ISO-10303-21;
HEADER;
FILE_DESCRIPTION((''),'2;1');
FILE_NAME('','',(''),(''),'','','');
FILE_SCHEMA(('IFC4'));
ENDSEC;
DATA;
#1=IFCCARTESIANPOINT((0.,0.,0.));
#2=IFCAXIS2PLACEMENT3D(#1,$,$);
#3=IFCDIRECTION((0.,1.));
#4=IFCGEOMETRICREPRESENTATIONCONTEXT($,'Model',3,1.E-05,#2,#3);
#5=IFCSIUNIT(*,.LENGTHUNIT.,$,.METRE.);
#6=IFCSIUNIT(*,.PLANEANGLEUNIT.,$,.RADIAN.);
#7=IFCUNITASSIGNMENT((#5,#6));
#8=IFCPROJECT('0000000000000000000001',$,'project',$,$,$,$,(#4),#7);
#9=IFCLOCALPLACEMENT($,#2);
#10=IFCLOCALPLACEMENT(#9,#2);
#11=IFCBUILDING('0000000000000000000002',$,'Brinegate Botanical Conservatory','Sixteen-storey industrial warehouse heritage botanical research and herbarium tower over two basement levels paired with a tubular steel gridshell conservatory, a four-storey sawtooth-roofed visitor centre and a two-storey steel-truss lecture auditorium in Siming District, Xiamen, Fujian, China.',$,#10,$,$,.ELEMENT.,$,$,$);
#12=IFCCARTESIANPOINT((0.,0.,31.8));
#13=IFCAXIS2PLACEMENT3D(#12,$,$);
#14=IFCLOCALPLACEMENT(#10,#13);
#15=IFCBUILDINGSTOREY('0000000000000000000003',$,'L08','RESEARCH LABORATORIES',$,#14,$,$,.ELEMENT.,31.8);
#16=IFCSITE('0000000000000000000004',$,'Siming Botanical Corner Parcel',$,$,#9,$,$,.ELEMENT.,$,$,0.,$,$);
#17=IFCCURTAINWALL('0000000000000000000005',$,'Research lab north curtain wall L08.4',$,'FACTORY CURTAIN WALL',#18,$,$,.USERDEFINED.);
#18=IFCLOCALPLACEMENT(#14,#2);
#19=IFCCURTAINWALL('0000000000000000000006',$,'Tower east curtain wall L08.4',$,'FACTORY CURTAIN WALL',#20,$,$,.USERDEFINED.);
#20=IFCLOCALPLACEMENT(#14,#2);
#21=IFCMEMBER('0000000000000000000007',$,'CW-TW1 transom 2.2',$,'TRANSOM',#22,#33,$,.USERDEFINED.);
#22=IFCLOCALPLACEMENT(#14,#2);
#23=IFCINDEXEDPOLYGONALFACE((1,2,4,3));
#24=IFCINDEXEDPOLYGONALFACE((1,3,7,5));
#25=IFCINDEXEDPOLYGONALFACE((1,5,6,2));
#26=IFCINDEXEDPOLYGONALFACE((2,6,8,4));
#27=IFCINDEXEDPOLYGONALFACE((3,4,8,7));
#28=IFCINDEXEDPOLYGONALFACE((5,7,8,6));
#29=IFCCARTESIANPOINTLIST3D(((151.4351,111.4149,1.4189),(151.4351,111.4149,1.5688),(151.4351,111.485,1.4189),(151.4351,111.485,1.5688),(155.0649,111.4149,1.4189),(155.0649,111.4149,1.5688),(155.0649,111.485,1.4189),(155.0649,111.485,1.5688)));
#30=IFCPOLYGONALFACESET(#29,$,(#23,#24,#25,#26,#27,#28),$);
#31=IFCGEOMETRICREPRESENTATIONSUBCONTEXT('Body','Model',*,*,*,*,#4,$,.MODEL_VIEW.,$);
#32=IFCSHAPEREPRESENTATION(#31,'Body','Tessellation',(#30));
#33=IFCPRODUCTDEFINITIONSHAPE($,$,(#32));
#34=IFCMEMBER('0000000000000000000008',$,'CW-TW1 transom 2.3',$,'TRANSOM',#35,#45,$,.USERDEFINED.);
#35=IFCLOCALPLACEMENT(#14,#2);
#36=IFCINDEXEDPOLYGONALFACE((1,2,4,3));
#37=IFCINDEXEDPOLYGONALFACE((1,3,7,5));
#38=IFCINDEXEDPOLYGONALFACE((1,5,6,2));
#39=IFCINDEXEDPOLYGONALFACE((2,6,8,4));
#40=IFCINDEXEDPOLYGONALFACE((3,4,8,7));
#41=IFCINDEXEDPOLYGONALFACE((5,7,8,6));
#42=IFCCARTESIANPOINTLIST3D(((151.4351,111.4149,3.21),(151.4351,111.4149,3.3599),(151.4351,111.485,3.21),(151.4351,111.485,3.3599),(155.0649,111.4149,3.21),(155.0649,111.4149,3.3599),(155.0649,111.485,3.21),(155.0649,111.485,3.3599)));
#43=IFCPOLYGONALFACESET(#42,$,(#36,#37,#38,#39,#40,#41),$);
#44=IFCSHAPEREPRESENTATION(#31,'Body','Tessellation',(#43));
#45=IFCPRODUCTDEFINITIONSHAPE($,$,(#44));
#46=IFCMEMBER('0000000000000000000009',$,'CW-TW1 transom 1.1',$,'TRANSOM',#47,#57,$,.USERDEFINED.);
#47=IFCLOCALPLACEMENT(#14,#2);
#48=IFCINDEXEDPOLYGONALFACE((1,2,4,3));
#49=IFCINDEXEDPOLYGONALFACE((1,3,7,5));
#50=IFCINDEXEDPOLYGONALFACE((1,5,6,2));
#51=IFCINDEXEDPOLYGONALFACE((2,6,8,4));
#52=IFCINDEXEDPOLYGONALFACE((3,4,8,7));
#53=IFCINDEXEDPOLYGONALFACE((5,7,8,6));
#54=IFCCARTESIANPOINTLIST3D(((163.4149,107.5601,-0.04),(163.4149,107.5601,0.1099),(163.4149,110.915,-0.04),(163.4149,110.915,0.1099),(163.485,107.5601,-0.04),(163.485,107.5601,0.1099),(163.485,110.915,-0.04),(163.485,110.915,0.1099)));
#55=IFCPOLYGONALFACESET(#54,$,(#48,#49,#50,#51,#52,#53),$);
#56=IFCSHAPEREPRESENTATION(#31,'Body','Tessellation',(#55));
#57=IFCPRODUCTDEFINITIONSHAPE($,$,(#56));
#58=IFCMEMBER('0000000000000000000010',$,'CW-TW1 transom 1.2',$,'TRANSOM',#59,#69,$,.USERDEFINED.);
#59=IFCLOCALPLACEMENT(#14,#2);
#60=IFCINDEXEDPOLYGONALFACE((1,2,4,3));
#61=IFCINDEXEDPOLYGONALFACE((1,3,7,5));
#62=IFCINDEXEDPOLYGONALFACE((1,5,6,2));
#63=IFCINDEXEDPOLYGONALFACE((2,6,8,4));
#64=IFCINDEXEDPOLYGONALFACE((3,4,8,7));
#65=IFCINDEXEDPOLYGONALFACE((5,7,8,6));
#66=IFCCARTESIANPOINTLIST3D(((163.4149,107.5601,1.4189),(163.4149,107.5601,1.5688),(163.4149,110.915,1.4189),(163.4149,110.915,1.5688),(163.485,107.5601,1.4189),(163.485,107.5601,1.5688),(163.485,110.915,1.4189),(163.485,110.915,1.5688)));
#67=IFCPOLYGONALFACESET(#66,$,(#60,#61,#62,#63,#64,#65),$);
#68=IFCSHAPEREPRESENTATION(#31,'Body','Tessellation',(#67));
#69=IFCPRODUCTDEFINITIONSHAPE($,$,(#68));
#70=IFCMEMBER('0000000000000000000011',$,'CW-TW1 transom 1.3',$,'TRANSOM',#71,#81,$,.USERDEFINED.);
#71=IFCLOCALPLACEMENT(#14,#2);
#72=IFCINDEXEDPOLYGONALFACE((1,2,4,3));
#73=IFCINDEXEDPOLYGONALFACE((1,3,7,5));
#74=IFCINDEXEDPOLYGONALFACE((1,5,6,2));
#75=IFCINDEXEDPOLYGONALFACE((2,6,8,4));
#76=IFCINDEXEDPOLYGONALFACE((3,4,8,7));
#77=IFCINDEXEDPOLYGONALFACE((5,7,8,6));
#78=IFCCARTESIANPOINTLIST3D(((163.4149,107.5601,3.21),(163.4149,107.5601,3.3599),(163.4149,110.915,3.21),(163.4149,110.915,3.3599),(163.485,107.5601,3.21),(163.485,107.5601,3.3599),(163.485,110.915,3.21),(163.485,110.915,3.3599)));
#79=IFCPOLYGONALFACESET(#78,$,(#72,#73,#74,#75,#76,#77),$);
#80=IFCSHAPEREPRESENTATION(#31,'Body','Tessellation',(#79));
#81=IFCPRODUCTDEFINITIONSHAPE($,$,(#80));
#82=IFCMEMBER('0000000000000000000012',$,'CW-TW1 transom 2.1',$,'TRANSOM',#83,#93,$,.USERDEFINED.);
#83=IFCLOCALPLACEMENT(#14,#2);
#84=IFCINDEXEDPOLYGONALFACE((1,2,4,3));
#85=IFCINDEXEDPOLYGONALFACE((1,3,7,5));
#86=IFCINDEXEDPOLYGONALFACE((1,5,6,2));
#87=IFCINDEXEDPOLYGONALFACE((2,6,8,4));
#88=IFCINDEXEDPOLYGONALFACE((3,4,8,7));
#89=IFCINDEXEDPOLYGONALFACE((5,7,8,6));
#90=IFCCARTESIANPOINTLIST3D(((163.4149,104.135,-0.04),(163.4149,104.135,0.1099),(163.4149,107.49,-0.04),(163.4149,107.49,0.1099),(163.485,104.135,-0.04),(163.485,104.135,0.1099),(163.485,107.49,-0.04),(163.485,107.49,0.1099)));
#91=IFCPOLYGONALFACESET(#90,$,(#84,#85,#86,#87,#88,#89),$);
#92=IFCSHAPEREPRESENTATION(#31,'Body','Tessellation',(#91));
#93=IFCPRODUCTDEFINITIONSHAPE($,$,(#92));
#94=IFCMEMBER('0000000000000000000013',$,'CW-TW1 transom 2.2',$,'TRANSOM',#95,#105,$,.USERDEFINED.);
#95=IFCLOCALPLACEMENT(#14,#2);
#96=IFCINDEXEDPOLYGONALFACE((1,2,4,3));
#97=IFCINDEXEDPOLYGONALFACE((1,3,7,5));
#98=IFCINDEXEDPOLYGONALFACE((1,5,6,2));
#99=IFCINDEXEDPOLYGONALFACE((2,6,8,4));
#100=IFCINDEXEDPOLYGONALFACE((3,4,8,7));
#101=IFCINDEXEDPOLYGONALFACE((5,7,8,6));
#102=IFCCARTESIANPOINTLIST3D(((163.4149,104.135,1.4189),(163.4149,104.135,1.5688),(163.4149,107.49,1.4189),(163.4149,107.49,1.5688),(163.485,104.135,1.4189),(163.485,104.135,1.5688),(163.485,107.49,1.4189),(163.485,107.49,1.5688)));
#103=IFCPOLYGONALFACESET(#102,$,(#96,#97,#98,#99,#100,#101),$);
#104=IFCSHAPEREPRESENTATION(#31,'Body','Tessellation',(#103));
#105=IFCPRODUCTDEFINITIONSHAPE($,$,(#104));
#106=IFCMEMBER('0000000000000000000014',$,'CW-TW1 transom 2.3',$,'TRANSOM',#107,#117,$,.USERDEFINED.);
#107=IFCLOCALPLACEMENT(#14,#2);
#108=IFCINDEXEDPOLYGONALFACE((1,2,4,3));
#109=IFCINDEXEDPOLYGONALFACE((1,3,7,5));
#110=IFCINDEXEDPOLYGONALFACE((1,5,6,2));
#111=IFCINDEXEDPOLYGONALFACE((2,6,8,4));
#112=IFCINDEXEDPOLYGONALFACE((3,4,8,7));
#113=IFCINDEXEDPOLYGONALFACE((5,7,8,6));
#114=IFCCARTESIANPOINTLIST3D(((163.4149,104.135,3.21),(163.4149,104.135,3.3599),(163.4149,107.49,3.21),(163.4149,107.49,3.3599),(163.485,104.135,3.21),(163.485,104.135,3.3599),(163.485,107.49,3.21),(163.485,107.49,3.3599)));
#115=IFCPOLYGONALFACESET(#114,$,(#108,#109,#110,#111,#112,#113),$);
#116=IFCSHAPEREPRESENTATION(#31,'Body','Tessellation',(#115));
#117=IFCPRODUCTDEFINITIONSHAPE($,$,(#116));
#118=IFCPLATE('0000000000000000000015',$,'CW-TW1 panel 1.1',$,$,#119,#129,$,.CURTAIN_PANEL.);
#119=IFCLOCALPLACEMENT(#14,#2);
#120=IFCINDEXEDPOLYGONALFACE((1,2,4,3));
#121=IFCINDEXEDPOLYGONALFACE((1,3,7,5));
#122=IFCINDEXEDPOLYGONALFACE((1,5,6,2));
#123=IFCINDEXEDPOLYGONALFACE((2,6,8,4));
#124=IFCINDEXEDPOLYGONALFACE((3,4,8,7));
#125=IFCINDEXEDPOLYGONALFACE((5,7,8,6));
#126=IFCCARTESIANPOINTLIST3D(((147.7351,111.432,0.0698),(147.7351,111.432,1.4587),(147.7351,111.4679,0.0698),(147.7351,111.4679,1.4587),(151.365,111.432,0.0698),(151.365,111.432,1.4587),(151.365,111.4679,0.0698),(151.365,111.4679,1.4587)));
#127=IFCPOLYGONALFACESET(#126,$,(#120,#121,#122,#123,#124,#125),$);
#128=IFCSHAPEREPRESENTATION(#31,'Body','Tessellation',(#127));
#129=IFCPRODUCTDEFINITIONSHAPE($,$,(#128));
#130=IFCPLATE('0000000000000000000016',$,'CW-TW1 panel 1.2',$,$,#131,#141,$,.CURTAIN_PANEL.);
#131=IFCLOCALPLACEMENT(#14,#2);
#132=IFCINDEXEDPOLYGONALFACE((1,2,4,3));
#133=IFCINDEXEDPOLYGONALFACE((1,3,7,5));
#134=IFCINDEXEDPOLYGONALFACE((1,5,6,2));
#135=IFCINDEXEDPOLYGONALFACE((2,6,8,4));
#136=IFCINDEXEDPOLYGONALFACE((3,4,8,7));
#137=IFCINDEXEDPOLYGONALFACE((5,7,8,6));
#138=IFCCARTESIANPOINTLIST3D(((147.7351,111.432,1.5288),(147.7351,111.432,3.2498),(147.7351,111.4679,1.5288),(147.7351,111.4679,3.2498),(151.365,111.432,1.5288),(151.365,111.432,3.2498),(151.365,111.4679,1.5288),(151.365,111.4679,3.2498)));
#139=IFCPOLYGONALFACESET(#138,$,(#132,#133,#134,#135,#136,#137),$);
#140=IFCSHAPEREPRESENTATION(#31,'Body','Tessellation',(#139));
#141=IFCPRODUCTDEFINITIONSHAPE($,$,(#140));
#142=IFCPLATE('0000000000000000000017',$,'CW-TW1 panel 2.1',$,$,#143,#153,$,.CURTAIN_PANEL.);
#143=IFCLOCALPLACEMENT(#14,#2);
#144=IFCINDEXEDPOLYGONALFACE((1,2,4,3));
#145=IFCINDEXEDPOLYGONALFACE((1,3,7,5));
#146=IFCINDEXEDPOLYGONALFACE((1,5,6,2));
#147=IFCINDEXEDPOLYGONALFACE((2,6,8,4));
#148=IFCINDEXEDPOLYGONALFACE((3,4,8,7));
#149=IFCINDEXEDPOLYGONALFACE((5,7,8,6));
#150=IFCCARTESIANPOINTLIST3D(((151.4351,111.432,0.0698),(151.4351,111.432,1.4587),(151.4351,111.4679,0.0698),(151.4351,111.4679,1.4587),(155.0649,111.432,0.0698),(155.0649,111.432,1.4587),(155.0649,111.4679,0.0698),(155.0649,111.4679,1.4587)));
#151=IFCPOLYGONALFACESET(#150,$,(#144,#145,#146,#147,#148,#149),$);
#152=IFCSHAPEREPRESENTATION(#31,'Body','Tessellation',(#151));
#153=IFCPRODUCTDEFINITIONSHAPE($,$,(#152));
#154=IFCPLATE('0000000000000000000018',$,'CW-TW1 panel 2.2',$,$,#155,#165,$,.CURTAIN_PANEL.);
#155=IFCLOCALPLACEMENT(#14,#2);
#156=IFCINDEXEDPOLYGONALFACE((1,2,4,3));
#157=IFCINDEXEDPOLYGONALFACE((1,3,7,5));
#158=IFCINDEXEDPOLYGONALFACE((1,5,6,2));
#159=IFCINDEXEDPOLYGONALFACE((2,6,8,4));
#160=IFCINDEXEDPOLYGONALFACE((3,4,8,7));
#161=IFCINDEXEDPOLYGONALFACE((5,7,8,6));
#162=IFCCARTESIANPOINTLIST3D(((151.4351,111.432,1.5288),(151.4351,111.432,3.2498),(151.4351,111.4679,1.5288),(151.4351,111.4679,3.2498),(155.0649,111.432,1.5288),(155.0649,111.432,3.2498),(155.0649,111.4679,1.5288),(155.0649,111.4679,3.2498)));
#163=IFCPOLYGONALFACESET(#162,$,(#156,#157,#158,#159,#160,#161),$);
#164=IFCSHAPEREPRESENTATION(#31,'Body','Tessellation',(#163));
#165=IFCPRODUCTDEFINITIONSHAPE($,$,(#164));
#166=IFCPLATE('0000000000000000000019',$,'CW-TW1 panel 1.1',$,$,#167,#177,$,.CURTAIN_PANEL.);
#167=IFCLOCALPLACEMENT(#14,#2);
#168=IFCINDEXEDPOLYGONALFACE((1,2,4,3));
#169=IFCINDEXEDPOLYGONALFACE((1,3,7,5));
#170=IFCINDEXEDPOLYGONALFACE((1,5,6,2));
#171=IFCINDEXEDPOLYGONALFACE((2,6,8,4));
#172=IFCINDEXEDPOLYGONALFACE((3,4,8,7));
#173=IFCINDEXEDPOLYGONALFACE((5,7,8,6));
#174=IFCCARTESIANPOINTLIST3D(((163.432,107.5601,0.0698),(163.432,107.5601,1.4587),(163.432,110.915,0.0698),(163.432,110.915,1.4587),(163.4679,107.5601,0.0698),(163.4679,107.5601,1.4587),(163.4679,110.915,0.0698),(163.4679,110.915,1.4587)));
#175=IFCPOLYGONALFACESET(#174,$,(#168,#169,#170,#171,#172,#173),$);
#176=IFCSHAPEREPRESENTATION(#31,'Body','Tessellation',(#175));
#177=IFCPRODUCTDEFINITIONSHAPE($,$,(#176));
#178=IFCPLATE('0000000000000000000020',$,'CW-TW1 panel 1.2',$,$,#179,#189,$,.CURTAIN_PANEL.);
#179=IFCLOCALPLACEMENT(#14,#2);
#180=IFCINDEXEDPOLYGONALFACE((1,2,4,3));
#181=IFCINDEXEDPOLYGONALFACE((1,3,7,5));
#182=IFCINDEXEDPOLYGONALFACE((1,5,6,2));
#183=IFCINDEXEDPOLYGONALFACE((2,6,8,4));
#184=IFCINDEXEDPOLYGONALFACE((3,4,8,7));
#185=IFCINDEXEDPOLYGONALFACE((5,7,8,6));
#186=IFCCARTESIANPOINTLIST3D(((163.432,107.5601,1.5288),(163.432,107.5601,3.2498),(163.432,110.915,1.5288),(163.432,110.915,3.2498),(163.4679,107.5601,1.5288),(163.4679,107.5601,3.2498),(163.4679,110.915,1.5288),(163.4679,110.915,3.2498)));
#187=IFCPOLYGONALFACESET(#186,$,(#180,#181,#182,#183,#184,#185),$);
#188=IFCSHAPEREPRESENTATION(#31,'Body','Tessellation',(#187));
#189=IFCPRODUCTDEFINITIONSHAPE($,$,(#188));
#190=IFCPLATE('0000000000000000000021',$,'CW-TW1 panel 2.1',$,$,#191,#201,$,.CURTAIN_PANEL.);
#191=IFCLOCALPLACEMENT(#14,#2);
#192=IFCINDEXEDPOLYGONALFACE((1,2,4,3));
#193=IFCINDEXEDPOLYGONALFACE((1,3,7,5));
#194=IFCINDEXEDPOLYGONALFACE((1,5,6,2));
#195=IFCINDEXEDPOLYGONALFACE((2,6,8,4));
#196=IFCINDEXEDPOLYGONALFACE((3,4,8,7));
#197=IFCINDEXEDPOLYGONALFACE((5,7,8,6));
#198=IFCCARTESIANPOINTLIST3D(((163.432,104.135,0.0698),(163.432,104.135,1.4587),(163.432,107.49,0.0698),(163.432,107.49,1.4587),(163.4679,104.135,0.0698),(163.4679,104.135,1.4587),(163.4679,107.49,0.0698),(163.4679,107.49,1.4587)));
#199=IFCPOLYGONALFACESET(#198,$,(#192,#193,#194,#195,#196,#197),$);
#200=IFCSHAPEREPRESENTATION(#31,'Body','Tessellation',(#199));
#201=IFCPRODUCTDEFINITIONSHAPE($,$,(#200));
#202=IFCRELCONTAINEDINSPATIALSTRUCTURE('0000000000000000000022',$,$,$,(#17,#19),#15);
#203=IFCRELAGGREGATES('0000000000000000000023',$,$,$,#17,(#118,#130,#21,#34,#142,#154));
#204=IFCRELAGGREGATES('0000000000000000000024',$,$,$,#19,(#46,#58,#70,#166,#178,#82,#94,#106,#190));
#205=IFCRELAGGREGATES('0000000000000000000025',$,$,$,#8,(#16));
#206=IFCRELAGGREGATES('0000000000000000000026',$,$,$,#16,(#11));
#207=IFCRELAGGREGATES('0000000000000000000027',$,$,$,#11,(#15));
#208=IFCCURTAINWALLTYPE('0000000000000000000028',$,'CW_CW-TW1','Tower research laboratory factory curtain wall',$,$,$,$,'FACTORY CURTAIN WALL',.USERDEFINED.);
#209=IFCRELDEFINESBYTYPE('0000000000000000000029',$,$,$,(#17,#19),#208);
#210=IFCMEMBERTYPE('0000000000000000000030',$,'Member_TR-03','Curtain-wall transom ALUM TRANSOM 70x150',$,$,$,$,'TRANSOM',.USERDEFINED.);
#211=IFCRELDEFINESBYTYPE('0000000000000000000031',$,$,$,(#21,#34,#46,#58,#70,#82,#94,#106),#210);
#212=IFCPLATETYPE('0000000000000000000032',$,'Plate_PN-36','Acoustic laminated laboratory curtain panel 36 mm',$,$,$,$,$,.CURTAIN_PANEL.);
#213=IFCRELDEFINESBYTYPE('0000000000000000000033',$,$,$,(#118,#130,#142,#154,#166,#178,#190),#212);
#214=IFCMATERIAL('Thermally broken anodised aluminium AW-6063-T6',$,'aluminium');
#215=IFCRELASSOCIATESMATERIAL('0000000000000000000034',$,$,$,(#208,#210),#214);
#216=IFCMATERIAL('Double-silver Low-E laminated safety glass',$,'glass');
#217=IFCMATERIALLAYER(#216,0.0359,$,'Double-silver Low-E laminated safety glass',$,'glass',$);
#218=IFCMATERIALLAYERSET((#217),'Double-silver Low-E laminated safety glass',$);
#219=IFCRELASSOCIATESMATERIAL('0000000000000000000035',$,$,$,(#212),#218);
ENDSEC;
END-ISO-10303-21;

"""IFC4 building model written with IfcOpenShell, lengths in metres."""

from ifc_helpers import new_model, si_unit, direction, frame, origin, origin_2d, place, context, subcontext, project, spatial, rectangle, extrude, material, layer, layer_set, material_profile, profile_set, type_object, element, aggregate, save


model = new_model("IFC4")

# Units and contexts
model_context = context("Model", 3, precision=1e-05, world=origin(), true_north=direction((0.0, 1.0)))
body_context = subcontext(model_context, "Body", "Model", "MODEL_VIEW")
ifc_project = project(units=[si_unit("LENGTHUNIT", "METRE"), si_unit("PLANEANGLEUNIT", "RADIAN")], contexts=[model_context])

# Site, building, storey
site_placement = place(None, origin())
site = spatial("IfcSite", under=ifc_project, at=site_placement, Name="Siming Botanical Corner Parcel", CompositionType="ELEMENT", RefElevation=0.0)
building_placement = place(site_placement, origin())
building = spatial("IfcBuilding", under=site, at=building_placement, Name="Brinegate Botanical Conservatory", Description="Sixteen-storey industrial warehouse heritage botanical research and herbarium tower over two basement levels paired with a tubular steel gridshell conservatory, a four-storey sawtooth-roofed visitor centre and a two-storey steel-truss lecture auditorium in Siming District, Xiamen, Fujian, China.", CompositionType="ELEMENT")
storey_placement = place(building_placement, frame((0.0, 0.0, 31.8)))
storey = spatial("IfcBuildingStorey", under=building, at=storey_placement, Name="L08", Description="RESEARCH LABORATORIES", CompositionType="ELEMENT", Elevation=31.8)

# Curtain walls
ifc_material_1 = material(Name="Thermally broken anodised aluminium AW-6063-T6", Category="aluminium")
curtain_wall_type = type_object("IfcCurtainWallType", Name="CW_CW-TW1", Description="Tower research laboratory factory curtain wall", ElementType="FACTORY CURTAIN WALL", PredefinedType="USERDEFINED", material=ifc_material_1)
curtain_wall_1_placement = place(storey_placement, origin())
curtain_wall_1 = element("IfcCurtainWall", 1, at=curtain_wall_1_placement, inside=storey, type_object=curtain_wall_type, Name="Research lab north curtain wall L08.4", ObjectType="FACTORY CURTAIN WALL", PredefinedType="USERDEFINED")
curtain_wall_2_placement = place(storey_placement, origin())
curtain_wall_2 = element("IfcCurtainWall", 2, at=curtain_wall_2_placement, inside=storey, type_object=curtain_wall_type, Name="Tower east curtain wall L08.4", ObjectType="FACTORY CURTAIN WALL", PredefinedType="USERDEFINED")

# Members
ifc_material_profile_1 = material_profile(ifc_material_1, rectangle(XDim=0.0701, YDim=0.1499, at=origin_2d()), Name="ALUM TRANSOM 70x150")
ifc_profile_set_1 = profile_set([ifc_material_profile_1], Name="Thermally broken anodised aluminium AW-6063-T6")
member_type_1 = type_object("IfcMemberType", Name="Member_TR-03", Description="Curtain-wall transom ALUM TRANSOM 70x150", ElementType="TRANSOM", PredefinedType="USERDEFINED", material=ifc_profile_set_1)
member_1_placement = place(storey_placement, frame((151.4351, 111.45, 1.4939), z_axis=(1.0, 0.0, 0.0), x_axis=(0.0, 1.0, 0.0)))
member_1 = element("IfcMember", 3, at=member_1_placement, type_object=member_type_1, Name="CW-TW1 transom 2.2", ObjectType="TRANSOM", PredefinedType="USERDEFINED", context=body_context, shape_type="SweptSolid", body=[
    extrude(rectangle(XDim=0.0701, YDim=0.1499, at=origin_2d()), origin(), (0.0, 0.0, 1.0), 3.6299),
])
member_2_placement = place(storey_placement, frame((151.4351, 111.45, 3.2849), z_axis=(1.0, 0.0, 0.0), x_axis=(0.0, 1.0, 0.0)))
member_2 = element("IfcMember", 4, at=member_2_placement, type_object=member_type_1, Name="CW-TW1 transom 2.3", ObjectType="TRANSOM", PredefinedType="USERDEFINED", context=body_context, shape_type="SweptSolid", body=[
    extrude(rectangle(XDim=0.0701, YDim=0.1499, at=origin_2d()), origin(), (0.0, 0.0, 1.0), 3.6299),
])
member_3_placement = place(storey_placement, frame((163.45, 110.915, 0.0349), z_axis=(0.0, -1.0, 0.0), x_axis=(1.0, 0.0, 0.0)))
member_3 = element("IfcMember", 5, at=member_3_placement, type_object=member_type_1, Name="CW-TW1 transom 1.1", ObjectType="TRANSOM", PredefinedType="USERDEFINED", context=body_context, shape_type="SweptSolid", body=[
    extrude(rectangle(XDim=0.0701, YDim=0.1499, at=origin_2d()), origin(), (0.0, 0.0, 1.0), 3.355),
])
member_4_placement = place(storey_placement, frame((163.45, 110.915, 1.4939), z_axis=(0.0, -1.0, 0.0), x_axis=(1.0, 0.0, 0.0)))
member_4 = element("IfcMember", 6, at=member_4_placement, type_object=member_type_1, Name="CW-TW1 transom 1.2", ObjectType="TRANSOM", PredefinedType="USERDEFINED", context=body_context, shape_type="SweptSolid", body=[
    extrude(rectangle(XDim=0.0701, YDim=0.1499, at=origin_2d()), origin(), (0.0, 0.0, 1.0), 3.355),
])
member_5_placement = place(storey_placement, frame((163.45, 110.915, 3.2849), z_axis=(0.0, -1.0, 0.0), x_axis=(1.0, 0.0, 0.0)))
member_5 = element("IfcMember", 7, at=member_5_placement, type_object=member_type_1, Name="CW-TW1 transom 1.3", ObjectType="TRANSOM", PredefinedType="USERDEFINED", context=body_context, shape_type="SweptSolid", body=[
    extrude(rectangle(XDim=0.0701, YDim=0.1499, at=origin_2d()), origin(), (0.0, 0.0, 1.0), 3.355),
])
member_6_placement = place(storey_placement, frame((163.45, 107.49, 0.0349), z_axis=(0.0, -1.0, 0.0), x_axis=(1.0, 0.0, 0.0)))
member_6 = element("IfcMember", 8, at=member_6_placement, type_object=member_type_1, Name="CW-TW1 transom 2.1", ObjectType="TRANSOM", PredefinedType="USERDEFINED", context=body_context, shape_type="SweptSolid", body=[
    extrude(rectangle(XDim=0.0701, YDim=0.1499, at=origin_2d()), origin(), (0.0, 0.0, 1.0), 3.355),
])
member_7_placement = place(storey_placement, frame((163.45, 107.49, 1.4939), z_axis=(0.0, -1.0, 0.0), x_axis=(1.0, 0.0, 0.0)))
member_7 = element("IfcMember", 9, at=member_7_placement, type_object=member_type_1, Name="CW-TW1 transom 2.2", ObjectType="TRANSOM", PredefinedType="USERDEFINED", context=body_context, shape_type="SweptSolid", body=[
    extrude(rectangle(XDim=0.0701, YDim=0.1499, at=origin_2d()), origin(), (0.0, 0.0, 1.0), 3.355),
])
member_8_placement = place(storey_placement, frame((163.45, 107.49, 3.2849), z_axis=(0.0, -1.0, 0.0), x_axis=(1.0, 0.0, 0.0)))
member_8 = element("IfcMember", 10, at=member_8_placement, type_object=member_type_1, Name="CW-TW1 transom 2.3", ObjectType="TRANSOM", PredefinedType="USERDEFINED", context=body_context, shape_type="SweptSolid", body=[
    extrude(rectangle(XDim=0.0701, YDim=0.1499, at=origin_2d()), origin(), (0.0, 0.0, 1.0), 3.355),
])

# Plates
ifc_material_2 = material(Name="Double-silver Low-E laminated safety glass", Category="glass")
ifc_layer_1 = layer(ifc_material_2, 0.0359, Name="Double-silver Low-E laminated safety glass", Category="glass")
ifc_layer_set_1 = layer_set([ifc_layer_1], Name="Double-silver Low-E laminated safety glass")
plate_type = type_object("IfcPlateType", Name="Plate_PN-36", Description="Acoustic laminated laboratory curtain panel 36 mm", PredefinedType="CURTAIN_PANEL", material=ifc_layer_set_1)
plate_1_placement = place(storey_placement, frame((149.55, 111.45, 0.0698), z_axis=(0.0, 0.0, 1.0), x_axis=(1.0, 0.0, 0.0)))
plate_1 = element("IfcPlate", 11, at=plate_1_placement, type_object=plate_type, Name="CW-TW1 panel 1.1", PredefinedType="CURTAIN_PANEL", context=body_context, shape_type="SweptSolid", body=[
    extrude(rectangle(XDim=3.6299, YDim=0.0359, at=origin_2d()), origin(), (0.0, 0.0, 1.0), 1.3889),
])
plate_2_placement = place(storey_placement, frame((149.55, 111.45, 1.5288), z_axis=(0.0, 0.0, 1.0), x_axis=(1.0, 0.0, 0.0)))
plate_2 = element("IfcPlate", 12, at=plate_2_placement, type_object=plate_type, Name="CW-TW1 panel 1.2", PredefinedType="CURTAIN_PANEL", context=body_context, shape_type="SweptSolid", body=[
    extrude(rectangle(XDim=3.6299, YDim=0.0359, at=origin_2d()), origin(), (0.0, 0.0, 1.0), 1.7209),
])
plate_3_placement = place(storey_placement, frame((153.25, 111.45, 0.0698), z_axis=(0.0, 0.0, 1.0), x_axis=(1.0, 0.0, 0.0)))
plate_3 = element("IfcPlate", 13, at=plate_3_placement, type_object=plate_type, Name="CW-TW1 panel 2.1", PredefinedType="CURTAIN_PANEL", context=body_context, shape_type="SweptSolid", body=[
    extrude(rectangle(XDim=3.6299, YDim=0.0359, at=origin_2d()), origin(), (0.0, 0.0, 1.0), 1.3889),
])
plate_4_placement = place(storey_placement, frame((153.25, 111.45, 1.5288), z_axis=(0.0, 0.0, 1.0), x_axis=(1.0, 0.0, 0.0)))
plate_4 = element("IfcPlate", 14, at=plate_4_placement, type_object=plate_type, Name="CW-TW1 panel 2.2", PredefinedType="CURTAIN_PANEL", context=body_context, shape_type="SweptSolid", body=[
    extrude(rectangle(XDim=3.6299, YDim=0.0359, at=origin_2d()), origin(), (0.0, 0.0, 1.0), 1.7209),
])
aggregate(curtain_wall_1, [plate_1, plate_2, member_1, member_2, plate_3, plate_4])
plate_5_placement = place(storey_placement, frame((163.45, 109.2375, 0.0698), z_axis=(0.0, 0.0, 1.0), x_axis=(0.0, -1.0, 0.0)))
plate_5 = element("IfcPlate", 15, at=plate_5_placement, type_object=plate_type, Name="CW-TW1 panel 1.1", PredefinedType="CURTAIN_PANEL", context=body_context, shape_type="SweptSolid", body=[
    extrude(rectangle(XDim=3.355, YDim=0.0359, at=origin_2d()), origin(), (0.0, 0.0, 1.0), 1.3889),
])
plate_6_placement = place(storey_placement, frame((163.45, 109.2375, 1.5288), z_axis=(0.0, 0.0, 1.0), x_axis=(0.0, -1.0, 0.0)))
plate_6 = element("IfcPlate", 16, at=plate_6_placement, type_object=plate_type, Name="CW-TW1 panel 1.2", PredefinedType="CURTAIN_PANEL", context=body_context, shape_type="SweptSolid", body=[
    extrude(rectangle(XDim=3.355, YDim=0.0359, at=origin_2d()), origin(), (0.0, 0.0, 1.0), 1.7209),
])
plate_7_placement = place(storey_placement, frame((163.45, 105.8125, 0.0698), z_axis=(0.0, 0.0, 1.0), x_axis=(0.0, -1.0, 0.0)))
plate_7 = element("IfcPlate", 17, at=plate_7_placement, type_object=plate_type, Name="CW-TW1 panel 2.1", PredefinedType="CURTAIN_PANEL", context=body_context, shape_type="SweptSolid", body=[
    extrude(rectangle(XDim=3.355, YDim=0.0359, at=origin_2d()), origin(), (0.0, 0.0, 1.0), 1.3889),
])
aggregate(curtain_wall_2, [member_3, member_4, member_5, plate_5, plate_6, member_6, member_7, member_8, plate_7])

save(model, "model.ifc")
